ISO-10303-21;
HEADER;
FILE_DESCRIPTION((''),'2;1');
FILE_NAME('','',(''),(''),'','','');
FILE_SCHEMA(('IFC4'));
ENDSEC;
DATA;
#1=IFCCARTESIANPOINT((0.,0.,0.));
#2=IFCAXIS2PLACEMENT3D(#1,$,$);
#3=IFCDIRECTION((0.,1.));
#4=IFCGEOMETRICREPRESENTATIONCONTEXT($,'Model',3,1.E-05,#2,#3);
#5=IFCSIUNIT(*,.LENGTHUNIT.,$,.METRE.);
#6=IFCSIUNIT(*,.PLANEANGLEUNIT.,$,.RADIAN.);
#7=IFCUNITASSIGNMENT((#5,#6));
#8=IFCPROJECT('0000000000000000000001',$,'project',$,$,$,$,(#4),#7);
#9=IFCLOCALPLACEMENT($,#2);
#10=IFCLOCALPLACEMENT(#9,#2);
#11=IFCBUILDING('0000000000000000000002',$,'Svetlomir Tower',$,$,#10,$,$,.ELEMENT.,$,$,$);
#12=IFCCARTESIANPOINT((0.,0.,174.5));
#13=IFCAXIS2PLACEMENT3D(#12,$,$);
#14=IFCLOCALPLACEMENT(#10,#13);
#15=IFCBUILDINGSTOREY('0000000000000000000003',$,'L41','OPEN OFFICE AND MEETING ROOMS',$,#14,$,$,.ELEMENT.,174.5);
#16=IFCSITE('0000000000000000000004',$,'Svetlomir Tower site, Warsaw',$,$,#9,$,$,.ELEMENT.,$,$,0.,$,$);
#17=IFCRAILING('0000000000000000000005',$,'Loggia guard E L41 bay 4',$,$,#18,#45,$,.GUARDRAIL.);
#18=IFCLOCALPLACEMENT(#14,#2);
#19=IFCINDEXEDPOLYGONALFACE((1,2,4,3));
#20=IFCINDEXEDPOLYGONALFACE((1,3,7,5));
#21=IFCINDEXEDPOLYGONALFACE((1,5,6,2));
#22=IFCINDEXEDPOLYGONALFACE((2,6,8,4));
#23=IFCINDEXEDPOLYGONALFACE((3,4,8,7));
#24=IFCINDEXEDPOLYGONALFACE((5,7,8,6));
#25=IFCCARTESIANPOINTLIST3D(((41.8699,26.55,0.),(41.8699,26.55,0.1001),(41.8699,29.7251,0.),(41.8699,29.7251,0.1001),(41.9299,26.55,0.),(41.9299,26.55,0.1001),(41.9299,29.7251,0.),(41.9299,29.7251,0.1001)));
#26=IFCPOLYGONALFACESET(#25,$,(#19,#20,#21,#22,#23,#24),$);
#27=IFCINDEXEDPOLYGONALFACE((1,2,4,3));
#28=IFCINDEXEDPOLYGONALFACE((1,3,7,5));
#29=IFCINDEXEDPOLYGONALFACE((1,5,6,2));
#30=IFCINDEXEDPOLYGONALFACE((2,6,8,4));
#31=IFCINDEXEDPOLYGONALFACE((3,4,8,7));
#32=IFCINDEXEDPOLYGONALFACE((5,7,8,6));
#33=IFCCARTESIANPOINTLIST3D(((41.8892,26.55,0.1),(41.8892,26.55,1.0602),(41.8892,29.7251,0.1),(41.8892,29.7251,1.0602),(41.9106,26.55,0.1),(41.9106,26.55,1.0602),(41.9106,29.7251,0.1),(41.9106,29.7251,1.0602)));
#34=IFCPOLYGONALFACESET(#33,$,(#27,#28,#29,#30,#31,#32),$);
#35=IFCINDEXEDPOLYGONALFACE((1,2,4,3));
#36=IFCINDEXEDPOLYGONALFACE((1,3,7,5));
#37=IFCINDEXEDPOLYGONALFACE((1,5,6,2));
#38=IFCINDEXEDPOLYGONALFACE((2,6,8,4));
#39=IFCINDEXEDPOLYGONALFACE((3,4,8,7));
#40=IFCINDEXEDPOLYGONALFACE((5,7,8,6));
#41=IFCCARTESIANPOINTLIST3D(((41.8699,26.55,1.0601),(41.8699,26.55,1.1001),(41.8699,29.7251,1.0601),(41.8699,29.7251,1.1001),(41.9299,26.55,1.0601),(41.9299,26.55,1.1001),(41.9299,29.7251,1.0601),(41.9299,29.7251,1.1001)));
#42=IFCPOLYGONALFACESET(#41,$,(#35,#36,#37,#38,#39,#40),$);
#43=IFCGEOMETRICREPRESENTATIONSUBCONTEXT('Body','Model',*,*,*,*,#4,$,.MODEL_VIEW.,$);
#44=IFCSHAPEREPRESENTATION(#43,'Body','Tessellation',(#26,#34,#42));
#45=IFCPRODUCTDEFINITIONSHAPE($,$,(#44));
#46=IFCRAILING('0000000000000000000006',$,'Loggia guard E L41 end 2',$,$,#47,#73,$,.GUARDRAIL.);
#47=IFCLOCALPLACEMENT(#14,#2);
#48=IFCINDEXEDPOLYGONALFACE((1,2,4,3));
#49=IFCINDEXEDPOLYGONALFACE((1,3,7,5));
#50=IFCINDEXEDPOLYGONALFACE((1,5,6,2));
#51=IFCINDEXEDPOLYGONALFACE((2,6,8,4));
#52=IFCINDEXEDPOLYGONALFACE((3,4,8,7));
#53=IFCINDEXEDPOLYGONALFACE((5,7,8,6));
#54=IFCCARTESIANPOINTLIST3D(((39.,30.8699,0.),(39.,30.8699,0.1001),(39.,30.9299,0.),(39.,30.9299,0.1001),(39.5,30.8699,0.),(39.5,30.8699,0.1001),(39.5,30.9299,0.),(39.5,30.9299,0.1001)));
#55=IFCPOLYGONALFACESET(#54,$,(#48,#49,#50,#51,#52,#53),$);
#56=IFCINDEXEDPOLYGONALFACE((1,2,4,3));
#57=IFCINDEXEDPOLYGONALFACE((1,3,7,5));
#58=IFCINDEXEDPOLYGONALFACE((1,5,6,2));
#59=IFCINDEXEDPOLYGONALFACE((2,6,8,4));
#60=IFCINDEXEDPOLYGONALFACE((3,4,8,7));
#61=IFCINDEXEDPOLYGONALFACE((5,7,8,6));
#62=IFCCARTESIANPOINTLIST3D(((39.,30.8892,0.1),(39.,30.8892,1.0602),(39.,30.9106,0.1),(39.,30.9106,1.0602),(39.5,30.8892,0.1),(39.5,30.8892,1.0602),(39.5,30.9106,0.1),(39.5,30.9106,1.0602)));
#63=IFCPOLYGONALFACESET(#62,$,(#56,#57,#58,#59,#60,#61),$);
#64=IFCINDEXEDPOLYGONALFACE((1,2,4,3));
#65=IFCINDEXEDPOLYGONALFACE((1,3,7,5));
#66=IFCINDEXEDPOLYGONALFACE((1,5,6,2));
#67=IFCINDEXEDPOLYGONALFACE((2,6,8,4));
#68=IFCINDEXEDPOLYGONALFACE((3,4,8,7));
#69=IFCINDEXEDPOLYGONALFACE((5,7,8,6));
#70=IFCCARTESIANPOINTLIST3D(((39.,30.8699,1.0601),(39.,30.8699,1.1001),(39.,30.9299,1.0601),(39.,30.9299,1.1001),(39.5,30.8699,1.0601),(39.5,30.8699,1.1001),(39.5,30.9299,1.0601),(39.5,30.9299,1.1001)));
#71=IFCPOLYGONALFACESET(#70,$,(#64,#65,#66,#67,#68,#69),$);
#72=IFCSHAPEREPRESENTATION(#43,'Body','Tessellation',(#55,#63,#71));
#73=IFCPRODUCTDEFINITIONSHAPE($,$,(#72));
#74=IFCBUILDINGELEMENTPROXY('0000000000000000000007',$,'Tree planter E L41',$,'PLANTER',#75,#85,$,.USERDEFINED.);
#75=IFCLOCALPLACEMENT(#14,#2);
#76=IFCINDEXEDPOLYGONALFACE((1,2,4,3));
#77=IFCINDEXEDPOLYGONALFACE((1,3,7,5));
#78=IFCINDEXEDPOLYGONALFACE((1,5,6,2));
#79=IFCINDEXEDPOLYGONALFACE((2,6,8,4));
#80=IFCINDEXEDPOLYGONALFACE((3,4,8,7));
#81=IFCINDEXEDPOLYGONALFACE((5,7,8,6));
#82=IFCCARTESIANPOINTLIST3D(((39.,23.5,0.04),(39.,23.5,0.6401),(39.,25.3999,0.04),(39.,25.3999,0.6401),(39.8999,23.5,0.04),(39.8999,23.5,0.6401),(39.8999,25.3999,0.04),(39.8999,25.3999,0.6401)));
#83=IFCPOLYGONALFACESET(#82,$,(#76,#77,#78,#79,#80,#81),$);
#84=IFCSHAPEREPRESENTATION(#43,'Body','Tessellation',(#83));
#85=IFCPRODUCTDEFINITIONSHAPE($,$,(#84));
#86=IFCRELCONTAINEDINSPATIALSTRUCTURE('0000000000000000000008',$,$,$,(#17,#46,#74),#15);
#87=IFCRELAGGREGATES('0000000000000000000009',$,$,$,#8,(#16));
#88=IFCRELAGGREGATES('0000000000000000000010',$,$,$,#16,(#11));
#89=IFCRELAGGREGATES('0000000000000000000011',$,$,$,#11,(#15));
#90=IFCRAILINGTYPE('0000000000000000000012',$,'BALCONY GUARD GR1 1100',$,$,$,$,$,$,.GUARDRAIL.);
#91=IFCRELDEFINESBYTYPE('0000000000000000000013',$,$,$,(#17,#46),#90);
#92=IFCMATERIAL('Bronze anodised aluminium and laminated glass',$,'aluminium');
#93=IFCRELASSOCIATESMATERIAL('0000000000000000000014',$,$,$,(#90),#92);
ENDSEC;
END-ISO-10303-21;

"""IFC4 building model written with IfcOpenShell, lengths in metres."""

from ifc_helpers import new_model, si_unit, direction, frame, origin, origin_2d, place, context, subcontext, project, spatial, rectangle, extrude, material, type_object, element, save


model = new_model("IFC4")

# Units and contexts
model_context = context("Model", 3, precision=1e-05, world=origin(), true_north=direction((0.0, 1.0)))
body_context = subcontext(model_context, "Body", "Model", "MODEL_VIEW")
ifc_project = project(units=[si_unit("LENGTHUNIT", "METRE"), si_unit("PLANEANGLEUNIT", "RADIAN")], contexts=[model_context])

# Site, building, storey
site_placement = place(None, origin())
site = spatial("IfcSite", under=ifc_project, at=site_placement, Name="Svetlomir Tower site, Warsaw", CompositionType="ELEMENT", RefElevation=0.0)
building_placement = place(site_placement, origin())
building = spatial("IfcBuilding", under=site, at=building_placement, Name="Svetlomir Tower", CompositionType="ELEMENT")
storey_placement = place(building_placement, frame((0.0, 0.0, 174.5)))
storey = spatial("IfcBuildingStorey", under=building, at=storey_placement, Name="L41", Description="OPEN OFFICE AND MEETING ROOMS", CompositionType="ELEMENT", Elevation=174.5)

# Railings
ifc_material_1 = material(Name="Bronze anodised aluminium and laminated glass", Category="aluminium")
railing_type = type_object("IfcRailingType", Name="BALCONY GUARD GR1 1100", PredefinedType="GUARDRAIL", material=ifc_material_1)
for number, where, name in (
    (1, (41.8999, 26.55, 0.0), "Loggia guard E L41 bay 4"),
):
    element("IfcRailing", number, at=place(storey_placement, frame(where)), inside=storey, type_object=railing_type, Name=name, PredefinedType="GUARDRAIL", context=body_context, shape_type="SweptSolid", body=[
        extrude(rectangle(XDim=0.0601, YDim=0.1001, at=origin_2d()), frame((0.0, 0.0, 0.05), z_axis=(0.0, 1.0, 0.0), x_axis=(-1.0, 0.0, 0.0)), (0.0, 0.0, 1.0), 3.175),
        extrude(rectangle(XDim=0.0215, YDim=0.9602, at=origin_2d()), frame((0.0, 0.0, 0.5801), z_axis=(0.0, 1.0, 0.0), x_axis=(-1.0, 0.0, 0.0)), (0.0, 0.0, 1.0), 3.175),
        extrude(rectangle(XDim=0.0601, YDim=0.04, at=origin_2d()), frame((0.0, 0.0, 1.0801), z_axis=(0.0, 1.0, 0.0), x_axis=(-1.0, 0.0, 0.0)), (0.0, 0.0, 1.0), 3.175),
    ])
railing_placement = place(storey_placement, frame((39.5, 30.8999, 0.0)))
element("IfcRailing", 2, at=railing_placement, inside=storey, type_object=railing_type, Name="Loggia guard E L41 end 2", PredefinedType="GUARDRAIL", context=body_context, shape_type="SweptSolid", body=[
    extrude(rectangle(XDim=0.0601, YDim=0.1001, at=origin_2d()), frame((0.0, 0.0, 0.05), z_axis=(-1.0, 0.0, 0.0), x_axis=(0.0, -1.0, 0.0)), (0.0, 0.0, 1.0), 0.5),
    extrude(rectangle(XDim=0.0215, YDim=0.9602, at=origin_2d()), frame((0.0, 0.0, 0.5801), z_axis=(-1.0, 0.0, 0.0), x_axis=(0.0, -1.0, 0.0)), (0.0, 0.0, 1.0), 0.5),
    extrude(rectangle(XDim=0.0601, YDim=0.04, at=origin_2d()), frame((0.0, 0.0, 1.0801), z_axis=(-1.0, 0.0, 0.0), x_axis=(0.0, -1.0, 0.0)), (0.0, 0.0, 1.0), 0.5),
])

# Building element proxy
proxy_placement = place(storey_placement, frame((39.45, 24.45, 0.04), z_axis=(0.0, 0.0, 1.0), x_axis=(1.0, 0.0, 0.0)))
element("IfcBuildingElementProxy", 3, at=proxy_placement, inside=storey, Name="Tree planter E L41", ObjectType="PLANTER", PredefinedType="USERDEFINED", context=body_context, shape_type="SweptSolid", body=[
    extrude(rectangle(XDim=0.8999, YDim=1.8999, at=origin_2d()), origin(), (0.0, 0.0, 1.0), 0.6001),
])

save(model, "model.ifc")
